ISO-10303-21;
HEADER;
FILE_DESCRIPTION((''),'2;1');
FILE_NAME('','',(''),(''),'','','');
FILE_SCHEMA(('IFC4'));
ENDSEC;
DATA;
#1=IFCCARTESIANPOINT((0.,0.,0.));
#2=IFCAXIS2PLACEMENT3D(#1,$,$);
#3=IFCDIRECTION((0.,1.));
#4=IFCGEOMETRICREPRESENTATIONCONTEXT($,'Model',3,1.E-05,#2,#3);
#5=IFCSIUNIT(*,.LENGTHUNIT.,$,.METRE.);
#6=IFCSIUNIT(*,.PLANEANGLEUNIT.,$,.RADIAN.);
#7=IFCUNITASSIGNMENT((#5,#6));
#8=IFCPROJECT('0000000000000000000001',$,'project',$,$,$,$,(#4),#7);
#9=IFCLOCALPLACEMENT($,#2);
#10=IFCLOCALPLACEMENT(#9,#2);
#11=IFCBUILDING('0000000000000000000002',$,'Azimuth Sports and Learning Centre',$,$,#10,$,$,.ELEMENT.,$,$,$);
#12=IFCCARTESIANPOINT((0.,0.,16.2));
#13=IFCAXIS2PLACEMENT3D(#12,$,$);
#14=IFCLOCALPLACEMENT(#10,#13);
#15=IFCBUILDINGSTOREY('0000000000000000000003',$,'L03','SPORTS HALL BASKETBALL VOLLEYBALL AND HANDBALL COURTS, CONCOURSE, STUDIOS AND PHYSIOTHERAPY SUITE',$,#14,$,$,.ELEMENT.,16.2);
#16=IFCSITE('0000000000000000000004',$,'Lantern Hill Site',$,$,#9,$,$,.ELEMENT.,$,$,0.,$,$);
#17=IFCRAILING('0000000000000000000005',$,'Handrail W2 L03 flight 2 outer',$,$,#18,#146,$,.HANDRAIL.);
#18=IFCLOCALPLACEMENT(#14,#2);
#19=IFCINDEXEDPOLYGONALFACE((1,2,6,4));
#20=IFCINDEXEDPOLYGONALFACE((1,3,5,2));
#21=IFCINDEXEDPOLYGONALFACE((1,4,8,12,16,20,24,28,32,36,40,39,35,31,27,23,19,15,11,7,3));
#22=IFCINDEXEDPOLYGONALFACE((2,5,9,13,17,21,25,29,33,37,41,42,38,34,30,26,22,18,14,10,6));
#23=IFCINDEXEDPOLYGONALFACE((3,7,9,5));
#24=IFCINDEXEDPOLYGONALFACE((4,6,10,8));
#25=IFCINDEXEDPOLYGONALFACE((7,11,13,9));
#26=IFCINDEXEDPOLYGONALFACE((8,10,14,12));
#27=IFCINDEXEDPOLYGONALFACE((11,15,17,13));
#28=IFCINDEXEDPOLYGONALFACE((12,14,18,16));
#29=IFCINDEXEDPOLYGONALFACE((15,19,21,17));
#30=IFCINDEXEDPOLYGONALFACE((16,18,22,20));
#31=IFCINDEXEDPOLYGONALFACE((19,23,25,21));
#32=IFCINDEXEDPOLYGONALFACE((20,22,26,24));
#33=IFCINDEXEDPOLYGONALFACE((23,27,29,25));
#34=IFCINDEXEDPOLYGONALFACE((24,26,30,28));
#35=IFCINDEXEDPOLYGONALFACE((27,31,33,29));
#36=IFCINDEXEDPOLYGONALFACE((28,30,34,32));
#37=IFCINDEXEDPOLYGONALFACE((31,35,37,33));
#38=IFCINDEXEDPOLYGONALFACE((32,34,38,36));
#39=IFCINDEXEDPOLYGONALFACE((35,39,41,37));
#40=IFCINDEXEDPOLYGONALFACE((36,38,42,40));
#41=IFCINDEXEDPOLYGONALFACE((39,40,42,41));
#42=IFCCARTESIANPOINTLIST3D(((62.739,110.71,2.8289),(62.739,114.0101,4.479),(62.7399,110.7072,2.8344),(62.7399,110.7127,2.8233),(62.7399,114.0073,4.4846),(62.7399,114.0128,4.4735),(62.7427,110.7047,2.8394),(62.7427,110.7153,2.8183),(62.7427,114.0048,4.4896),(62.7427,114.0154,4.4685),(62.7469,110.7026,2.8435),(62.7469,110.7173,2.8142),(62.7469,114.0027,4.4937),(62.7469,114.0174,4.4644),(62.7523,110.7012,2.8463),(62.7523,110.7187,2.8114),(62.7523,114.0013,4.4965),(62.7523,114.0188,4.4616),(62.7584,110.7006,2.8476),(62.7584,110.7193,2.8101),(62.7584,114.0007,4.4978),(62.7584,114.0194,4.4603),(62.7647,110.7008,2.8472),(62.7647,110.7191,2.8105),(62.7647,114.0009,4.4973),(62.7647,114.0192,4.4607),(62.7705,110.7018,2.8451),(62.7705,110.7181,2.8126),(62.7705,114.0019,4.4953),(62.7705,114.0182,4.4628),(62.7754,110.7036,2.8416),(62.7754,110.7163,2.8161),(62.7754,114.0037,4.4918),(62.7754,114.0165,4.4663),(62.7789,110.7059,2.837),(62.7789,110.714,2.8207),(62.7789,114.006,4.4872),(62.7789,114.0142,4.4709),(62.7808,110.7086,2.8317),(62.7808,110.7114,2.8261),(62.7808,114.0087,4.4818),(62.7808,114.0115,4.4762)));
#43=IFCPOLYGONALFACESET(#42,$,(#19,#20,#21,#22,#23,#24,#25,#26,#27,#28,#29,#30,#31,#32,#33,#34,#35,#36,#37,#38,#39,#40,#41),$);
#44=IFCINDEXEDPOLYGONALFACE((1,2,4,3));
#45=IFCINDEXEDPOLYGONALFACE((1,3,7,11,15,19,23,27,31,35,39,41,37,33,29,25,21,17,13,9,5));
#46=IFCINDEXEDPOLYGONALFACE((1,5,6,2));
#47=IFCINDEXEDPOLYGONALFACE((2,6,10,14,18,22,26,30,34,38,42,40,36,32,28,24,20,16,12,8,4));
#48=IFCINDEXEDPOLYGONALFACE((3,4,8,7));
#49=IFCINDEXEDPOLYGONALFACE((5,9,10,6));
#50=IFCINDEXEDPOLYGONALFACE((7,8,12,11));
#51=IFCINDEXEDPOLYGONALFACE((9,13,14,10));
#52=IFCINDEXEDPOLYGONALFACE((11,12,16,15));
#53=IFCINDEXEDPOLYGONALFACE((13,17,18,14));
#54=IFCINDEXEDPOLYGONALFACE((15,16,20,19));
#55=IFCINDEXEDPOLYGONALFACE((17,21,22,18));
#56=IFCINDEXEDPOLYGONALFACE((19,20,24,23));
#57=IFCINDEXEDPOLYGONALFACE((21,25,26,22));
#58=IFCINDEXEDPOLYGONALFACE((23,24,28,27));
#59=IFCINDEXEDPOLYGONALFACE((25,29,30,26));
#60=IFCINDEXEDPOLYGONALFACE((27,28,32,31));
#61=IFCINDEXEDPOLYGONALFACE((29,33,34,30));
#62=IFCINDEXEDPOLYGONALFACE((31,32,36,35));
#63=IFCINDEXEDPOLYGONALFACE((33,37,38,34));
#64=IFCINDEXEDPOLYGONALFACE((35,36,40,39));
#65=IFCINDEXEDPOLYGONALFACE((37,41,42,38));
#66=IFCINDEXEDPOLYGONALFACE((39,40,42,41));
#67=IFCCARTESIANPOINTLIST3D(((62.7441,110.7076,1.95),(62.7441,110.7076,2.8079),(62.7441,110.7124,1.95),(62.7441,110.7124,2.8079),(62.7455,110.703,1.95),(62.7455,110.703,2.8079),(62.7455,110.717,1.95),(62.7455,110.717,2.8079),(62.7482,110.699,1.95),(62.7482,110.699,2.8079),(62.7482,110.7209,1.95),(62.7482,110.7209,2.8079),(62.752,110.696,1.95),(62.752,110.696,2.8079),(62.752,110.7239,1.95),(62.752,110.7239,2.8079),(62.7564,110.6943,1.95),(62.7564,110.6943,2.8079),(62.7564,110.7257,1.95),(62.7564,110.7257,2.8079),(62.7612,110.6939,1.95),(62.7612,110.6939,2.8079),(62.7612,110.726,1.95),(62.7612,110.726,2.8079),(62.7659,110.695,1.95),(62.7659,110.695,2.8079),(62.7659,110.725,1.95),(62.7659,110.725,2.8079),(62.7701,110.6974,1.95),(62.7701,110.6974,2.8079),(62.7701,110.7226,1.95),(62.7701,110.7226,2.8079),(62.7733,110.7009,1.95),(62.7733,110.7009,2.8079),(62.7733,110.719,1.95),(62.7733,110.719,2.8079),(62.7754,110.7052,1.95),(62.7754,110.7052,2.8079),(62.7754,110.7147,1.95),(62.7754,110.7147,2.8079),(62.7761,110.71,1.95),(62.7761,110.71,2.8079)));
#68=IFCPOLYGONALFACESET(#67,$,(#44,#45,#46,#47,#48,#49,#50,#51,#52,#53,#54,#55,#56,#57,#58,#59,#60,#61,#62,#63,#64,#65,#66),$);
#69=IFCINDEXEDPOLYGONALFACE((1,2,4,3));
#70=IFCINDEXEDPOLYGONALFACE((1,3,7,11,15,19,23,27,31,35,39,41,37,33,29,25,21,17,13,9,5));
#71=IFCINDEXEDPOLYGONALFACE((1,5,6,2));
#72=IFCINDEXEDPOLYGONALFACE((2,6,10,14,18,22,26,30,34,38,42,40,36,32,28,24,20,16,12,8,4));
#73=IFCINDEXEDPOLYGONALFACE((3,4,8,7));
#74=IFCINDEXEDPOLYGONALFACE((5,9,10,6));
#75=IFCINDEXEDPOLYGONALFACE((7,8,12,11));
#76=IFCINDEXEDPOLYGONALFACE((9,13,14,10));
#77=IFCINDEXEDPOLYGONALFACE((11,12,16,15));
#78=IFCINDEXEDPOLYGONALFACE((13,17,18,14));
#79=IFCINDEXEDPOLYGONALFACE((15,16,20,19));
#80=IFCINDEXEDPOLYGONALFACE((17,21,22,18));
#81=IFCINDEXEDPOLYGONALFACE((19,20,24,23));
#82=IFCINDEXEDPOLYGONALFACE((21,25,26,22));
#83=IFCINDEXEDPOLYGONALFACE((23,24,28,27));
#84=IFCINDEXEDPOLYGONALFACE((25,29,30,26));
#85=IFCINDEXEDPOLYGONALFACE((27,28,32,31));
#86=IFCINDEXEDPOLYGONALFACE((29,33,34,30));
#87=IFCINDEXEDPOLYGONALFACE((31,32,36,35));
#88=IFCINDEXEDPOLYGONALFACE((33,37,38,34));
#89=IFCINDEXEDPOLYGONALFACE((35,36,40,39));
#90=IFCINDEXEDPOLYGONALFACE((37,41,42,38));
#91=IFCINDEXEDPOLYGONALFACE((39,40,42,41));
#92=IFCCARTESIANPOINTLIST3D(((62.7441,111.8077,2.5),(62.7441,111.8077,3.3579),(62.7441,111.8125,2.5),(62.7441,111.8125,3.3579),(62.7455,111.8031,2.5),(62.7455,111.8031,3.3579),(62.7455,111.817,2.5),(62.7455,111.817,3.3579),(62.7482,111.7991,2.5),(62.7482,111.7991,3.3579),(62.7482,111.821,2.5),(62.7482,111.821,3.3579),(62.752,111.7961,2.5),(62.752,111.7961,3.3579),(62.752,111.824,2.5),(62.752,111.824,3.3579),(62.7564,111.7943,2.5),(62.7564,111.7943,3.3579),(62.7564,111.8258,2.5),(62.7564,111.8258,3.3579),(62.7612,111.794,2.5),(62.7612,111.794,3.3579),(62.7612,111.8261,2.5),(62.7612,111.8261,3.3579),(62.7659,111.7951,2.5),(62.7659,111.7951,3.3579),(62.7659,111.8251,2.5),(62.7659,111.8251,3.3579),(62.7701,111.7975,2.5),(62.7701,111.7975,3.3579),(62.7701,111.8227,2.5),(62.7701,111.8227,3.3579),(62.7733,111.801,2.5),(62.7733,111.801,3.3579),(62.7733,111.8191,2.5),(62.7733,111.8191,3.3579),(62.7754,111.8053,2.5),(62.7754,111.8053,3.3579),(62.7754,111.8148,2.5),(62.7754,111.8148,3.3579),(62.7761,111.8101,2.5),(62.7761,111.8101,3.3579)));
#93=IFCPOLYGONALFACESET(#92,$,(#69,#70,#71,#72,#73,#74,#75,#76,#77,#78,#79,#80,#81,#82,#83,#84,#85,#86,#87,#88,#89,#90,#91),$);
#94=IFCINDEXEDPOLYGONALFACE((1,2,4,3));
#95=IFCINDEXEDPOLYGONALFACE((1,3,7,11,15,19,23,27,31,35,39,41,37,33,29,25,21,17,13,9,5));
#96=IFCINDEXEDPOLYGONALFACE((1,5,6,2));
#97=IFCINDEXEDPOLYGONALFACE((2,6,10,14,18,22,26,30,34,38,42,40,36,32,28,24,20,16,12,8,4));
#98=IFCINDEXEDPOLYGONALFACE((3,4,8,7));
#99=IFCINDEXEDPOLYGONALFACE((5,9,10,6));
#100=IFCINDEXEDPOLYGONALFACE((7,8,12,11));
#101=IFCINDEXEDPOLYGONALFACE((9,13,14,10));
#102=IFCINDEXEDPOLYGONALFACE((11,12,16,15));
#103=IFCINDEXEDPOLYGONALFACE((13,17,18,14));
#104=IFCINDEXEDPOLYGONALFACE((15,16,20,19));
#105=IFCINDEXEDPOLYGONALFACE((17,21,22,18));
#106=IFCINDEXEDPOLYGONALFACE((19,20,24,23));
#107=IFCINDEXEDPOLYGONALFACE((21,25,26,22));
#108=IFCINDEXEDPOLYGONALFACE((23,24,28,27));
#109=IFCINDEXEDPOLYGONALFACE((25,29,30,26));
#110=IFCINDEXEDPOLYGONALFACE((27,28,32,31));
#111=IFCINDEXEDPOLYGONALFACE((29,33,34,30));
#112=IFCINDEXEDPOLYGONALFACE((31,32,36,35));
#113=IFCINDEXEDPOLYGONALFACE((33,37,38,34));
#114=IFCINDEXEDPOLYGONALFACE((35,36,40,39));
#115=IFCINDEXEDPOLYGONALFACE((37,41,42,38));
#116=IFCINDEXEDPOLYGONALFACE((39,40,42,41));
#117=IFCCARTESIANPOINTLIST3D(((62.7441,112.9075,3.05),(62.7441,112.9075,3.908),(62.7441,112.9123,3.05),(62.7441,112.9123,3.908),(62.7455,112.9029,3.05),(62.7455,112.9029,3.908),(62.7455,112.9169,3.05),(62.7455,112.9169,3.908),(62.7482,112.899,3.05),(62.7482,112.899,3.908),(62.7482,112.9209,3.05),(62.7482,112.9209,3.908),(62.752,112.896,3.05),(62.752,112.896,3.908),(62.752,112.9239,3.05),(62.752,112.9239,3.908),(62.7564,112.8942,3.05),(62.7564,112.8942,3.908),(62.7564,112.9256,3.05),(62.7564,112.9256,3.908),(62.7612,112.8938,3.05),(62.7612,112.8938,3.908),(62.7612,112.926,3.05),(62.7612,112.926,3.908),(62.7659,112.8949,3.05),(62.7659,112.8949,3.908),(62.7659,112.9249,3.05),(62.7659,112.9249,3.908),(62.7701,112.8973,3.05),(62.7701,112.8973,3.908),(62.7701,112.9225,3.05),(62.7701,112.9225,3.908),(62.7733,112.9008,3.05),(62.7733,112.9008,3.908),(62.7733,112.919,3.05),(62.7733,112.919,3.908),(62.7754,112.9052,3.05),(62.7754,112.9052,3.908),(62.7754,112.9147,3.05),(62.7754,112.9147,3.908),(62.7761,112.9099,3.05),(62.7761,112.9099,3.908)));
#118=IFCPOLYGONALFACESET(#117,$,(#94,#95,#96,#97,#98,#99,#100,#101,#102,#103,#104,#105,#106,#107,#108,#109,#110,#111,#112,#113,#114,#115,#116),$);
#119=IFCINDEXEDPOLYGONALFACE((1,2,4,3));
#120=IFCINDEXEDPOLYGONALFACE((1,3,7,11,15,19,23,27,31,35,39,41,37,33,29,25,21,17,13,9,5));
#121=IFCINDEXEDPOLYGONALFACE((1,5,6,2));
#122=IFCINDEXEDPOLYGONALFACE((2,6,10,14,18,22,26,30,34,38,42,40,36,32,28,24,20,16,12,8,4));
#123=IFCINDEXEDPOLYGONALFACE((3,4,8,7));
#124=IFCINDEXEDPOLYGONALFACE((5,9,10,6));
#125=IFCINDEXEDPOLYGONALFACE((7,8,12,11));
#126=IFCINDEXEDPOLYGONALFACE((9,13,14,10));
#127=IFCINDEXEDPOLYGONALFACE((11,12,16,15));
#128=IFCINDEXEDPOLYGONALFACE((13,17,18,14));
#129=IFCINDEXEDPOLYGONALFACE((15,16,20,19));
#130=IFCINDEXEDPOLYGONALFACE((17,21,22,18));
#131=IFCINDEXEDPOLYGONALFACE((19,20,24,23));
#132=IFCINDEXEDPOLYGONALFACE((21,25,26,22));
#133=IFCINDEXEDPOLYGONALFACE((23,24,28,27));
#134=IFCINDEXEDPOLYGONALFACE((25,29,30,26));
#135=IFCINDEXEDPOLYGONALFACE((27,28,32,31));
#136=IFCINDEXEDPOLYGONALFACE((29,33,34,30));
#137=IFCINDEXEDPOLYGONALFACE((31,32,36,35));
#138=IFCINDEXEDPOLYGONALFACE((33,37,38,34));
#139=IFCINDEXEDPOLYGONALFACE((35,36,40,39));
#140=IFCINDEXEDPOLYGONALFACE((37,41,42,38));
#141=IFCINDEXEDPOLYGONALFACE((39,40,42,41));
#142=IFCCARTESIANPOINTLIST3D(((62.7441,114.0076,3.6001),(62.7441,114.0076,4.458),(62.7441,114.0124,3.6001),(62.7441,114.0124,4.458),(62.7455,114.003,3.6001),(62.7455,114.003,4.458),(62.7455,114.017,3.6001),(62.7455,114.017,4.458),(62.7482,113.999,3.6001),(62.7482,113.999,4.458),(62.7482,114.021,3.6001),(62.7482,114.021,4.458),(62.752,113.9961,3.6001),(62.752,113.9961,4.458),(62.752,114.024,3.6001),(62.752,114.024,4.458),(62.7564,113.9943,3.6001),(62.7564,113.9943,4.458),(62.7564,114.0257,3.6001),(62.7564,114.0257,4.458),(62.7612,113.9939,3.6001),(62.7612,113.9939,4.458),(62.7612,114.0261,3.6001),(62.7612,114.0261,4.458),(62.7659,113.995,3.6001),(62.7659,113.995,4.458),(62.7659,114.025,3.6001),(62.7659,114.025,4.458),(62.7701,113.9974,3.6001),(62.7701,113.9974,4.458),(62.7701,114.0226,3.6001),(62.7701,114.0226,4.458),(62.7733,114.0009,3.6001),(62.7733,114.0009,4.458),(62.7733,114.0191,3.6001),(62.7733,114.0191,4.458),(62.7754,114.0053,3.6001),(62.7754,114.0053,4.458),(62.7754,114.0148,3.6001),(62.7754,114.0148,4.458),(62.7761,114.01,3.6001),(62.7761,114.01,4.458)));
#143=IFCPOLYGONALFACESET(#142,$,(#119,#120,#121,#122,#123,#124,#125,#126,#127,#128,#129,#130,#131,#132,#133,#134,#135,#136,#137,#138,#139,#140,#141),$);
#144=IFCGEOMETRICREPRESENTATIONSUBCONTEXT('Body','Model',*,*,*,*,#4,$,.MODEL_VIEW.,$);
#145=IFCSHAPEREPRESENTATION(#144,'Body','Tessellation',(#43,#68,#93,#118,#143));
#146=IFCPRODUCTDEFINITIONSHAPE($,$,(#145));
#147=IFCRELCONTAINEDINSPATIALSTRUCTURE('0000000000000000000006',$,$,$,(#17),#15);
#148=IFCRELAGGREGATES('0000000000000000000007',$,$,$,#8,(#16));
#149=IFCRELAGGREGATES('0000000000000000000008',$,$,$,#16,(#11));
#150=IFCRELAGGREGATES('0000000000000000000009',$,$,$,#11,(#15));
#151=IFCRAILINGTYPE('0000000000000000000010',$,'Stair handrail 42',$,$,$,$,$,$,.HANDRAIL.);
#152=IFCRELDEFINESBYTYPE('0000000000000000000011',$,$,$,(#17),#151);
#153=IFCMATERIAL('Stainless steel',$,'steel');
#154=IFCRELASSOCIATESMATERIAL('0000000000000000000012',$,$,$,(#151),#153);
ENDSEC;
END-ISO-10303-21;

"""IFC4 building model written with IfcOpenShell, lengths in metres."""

from ifc_helpers import new_model, si_unit, direction, frame, origin, origin_2d, place, context, subcontext, project, spatial, circle, extrude, material, type_object, element, save


model = new_model("IFC4")

# Units and contexts
model_context = context("Model", 3, precision=1e-05, world=origin(), true_north=direction((0.0, 1.0)))
body_context = subcontext(model_context, "Body", "Model", "MODEL_VIEW")
ifc_project = project(units=[si_unit("LENGTHUNIT", "METRE"), si_unit("PLANEANGLEUNIT", "RADIAN")], contexts=[model_context])

# Site, building, storey
site_placement = place(None, origin())
site = spatial("IfcSite", under=ifc_project, at=site_placement, Name="Lantern Hill Site", CompositionType="ELEMENT", RefElevation=0.0)
building_placement = place(site_placement, origin())
building = spatial("IfcBuilding", under=site, at=building_placement, Name="Azimuth Sports and Learning Centre", CompositionType="ELEMENT")
storey_placement = place(building_placement, frame((0.0, 0.0, 16.2)))
storey = spatial("IfcBuildingStorey", under=building, at=storey_placement, Name="L03", Description="SPORTS HALL BASKETBALL VOLLEYBALL AND HANDBALL COURTS, CONCOURSE, STUDIOS AND PHYSIOTHERAPY SUITE", CompositionType="ELEMENT", Elevation=16.2)

# Railing
ifc_material_1 = material(Name="Stainless steel", Category="steel")
railing_type = type_object("IfcRailingType", Name="Stair handrail 42", PredefinedType="HANDRAIL", material=ifc_material_1)
for number, where, name in (
    (1, (62.76, 110.71, 1.95), "Handrail W2 L03 flight 2 outer"),
):
    element("IfcRailing", number, at=place(storey_placement, frame(where)), inside=storey, type_object=railing_type, Name=name, PredefinedType="HANDRAIL", context=body_context, shape_type="SweptSolid", body=[
        extrude(circle(Radius=0.021, at=origin_2d()), frame((0.0, 0.0, 0.8789), z_axis=(0.0, 0.894414, 0.44724), x_axis=(-1.0, 0.0, 0.0)), (0.0, 0.0, 1.0), 3.6897),
        extrude(circle(Radius=0.0161, at=origin_2d()), origin(), (0.0, 0.0, 1.0), 0.8579),
        extrude(circle(Radius=0.0161, at=origin_2d()), frame((0.0, 1.1001, 0.55)), (0.0, 0.0, 1.0), 0.8579),
        extrude(circle(Radius=0.0161, at=origin_2d()), frame((0.0, 2.2, 1.1001)), (0.0, 0.0, 1.0), 0.8579),
        extrude(circle(Radius=0.0161, at=origin_2d()), frame((0.0, 3.3, 1.6501)), (0.0, 0.0, 1.0), 0.8579),
    ])

save(model, "model.ifc")
